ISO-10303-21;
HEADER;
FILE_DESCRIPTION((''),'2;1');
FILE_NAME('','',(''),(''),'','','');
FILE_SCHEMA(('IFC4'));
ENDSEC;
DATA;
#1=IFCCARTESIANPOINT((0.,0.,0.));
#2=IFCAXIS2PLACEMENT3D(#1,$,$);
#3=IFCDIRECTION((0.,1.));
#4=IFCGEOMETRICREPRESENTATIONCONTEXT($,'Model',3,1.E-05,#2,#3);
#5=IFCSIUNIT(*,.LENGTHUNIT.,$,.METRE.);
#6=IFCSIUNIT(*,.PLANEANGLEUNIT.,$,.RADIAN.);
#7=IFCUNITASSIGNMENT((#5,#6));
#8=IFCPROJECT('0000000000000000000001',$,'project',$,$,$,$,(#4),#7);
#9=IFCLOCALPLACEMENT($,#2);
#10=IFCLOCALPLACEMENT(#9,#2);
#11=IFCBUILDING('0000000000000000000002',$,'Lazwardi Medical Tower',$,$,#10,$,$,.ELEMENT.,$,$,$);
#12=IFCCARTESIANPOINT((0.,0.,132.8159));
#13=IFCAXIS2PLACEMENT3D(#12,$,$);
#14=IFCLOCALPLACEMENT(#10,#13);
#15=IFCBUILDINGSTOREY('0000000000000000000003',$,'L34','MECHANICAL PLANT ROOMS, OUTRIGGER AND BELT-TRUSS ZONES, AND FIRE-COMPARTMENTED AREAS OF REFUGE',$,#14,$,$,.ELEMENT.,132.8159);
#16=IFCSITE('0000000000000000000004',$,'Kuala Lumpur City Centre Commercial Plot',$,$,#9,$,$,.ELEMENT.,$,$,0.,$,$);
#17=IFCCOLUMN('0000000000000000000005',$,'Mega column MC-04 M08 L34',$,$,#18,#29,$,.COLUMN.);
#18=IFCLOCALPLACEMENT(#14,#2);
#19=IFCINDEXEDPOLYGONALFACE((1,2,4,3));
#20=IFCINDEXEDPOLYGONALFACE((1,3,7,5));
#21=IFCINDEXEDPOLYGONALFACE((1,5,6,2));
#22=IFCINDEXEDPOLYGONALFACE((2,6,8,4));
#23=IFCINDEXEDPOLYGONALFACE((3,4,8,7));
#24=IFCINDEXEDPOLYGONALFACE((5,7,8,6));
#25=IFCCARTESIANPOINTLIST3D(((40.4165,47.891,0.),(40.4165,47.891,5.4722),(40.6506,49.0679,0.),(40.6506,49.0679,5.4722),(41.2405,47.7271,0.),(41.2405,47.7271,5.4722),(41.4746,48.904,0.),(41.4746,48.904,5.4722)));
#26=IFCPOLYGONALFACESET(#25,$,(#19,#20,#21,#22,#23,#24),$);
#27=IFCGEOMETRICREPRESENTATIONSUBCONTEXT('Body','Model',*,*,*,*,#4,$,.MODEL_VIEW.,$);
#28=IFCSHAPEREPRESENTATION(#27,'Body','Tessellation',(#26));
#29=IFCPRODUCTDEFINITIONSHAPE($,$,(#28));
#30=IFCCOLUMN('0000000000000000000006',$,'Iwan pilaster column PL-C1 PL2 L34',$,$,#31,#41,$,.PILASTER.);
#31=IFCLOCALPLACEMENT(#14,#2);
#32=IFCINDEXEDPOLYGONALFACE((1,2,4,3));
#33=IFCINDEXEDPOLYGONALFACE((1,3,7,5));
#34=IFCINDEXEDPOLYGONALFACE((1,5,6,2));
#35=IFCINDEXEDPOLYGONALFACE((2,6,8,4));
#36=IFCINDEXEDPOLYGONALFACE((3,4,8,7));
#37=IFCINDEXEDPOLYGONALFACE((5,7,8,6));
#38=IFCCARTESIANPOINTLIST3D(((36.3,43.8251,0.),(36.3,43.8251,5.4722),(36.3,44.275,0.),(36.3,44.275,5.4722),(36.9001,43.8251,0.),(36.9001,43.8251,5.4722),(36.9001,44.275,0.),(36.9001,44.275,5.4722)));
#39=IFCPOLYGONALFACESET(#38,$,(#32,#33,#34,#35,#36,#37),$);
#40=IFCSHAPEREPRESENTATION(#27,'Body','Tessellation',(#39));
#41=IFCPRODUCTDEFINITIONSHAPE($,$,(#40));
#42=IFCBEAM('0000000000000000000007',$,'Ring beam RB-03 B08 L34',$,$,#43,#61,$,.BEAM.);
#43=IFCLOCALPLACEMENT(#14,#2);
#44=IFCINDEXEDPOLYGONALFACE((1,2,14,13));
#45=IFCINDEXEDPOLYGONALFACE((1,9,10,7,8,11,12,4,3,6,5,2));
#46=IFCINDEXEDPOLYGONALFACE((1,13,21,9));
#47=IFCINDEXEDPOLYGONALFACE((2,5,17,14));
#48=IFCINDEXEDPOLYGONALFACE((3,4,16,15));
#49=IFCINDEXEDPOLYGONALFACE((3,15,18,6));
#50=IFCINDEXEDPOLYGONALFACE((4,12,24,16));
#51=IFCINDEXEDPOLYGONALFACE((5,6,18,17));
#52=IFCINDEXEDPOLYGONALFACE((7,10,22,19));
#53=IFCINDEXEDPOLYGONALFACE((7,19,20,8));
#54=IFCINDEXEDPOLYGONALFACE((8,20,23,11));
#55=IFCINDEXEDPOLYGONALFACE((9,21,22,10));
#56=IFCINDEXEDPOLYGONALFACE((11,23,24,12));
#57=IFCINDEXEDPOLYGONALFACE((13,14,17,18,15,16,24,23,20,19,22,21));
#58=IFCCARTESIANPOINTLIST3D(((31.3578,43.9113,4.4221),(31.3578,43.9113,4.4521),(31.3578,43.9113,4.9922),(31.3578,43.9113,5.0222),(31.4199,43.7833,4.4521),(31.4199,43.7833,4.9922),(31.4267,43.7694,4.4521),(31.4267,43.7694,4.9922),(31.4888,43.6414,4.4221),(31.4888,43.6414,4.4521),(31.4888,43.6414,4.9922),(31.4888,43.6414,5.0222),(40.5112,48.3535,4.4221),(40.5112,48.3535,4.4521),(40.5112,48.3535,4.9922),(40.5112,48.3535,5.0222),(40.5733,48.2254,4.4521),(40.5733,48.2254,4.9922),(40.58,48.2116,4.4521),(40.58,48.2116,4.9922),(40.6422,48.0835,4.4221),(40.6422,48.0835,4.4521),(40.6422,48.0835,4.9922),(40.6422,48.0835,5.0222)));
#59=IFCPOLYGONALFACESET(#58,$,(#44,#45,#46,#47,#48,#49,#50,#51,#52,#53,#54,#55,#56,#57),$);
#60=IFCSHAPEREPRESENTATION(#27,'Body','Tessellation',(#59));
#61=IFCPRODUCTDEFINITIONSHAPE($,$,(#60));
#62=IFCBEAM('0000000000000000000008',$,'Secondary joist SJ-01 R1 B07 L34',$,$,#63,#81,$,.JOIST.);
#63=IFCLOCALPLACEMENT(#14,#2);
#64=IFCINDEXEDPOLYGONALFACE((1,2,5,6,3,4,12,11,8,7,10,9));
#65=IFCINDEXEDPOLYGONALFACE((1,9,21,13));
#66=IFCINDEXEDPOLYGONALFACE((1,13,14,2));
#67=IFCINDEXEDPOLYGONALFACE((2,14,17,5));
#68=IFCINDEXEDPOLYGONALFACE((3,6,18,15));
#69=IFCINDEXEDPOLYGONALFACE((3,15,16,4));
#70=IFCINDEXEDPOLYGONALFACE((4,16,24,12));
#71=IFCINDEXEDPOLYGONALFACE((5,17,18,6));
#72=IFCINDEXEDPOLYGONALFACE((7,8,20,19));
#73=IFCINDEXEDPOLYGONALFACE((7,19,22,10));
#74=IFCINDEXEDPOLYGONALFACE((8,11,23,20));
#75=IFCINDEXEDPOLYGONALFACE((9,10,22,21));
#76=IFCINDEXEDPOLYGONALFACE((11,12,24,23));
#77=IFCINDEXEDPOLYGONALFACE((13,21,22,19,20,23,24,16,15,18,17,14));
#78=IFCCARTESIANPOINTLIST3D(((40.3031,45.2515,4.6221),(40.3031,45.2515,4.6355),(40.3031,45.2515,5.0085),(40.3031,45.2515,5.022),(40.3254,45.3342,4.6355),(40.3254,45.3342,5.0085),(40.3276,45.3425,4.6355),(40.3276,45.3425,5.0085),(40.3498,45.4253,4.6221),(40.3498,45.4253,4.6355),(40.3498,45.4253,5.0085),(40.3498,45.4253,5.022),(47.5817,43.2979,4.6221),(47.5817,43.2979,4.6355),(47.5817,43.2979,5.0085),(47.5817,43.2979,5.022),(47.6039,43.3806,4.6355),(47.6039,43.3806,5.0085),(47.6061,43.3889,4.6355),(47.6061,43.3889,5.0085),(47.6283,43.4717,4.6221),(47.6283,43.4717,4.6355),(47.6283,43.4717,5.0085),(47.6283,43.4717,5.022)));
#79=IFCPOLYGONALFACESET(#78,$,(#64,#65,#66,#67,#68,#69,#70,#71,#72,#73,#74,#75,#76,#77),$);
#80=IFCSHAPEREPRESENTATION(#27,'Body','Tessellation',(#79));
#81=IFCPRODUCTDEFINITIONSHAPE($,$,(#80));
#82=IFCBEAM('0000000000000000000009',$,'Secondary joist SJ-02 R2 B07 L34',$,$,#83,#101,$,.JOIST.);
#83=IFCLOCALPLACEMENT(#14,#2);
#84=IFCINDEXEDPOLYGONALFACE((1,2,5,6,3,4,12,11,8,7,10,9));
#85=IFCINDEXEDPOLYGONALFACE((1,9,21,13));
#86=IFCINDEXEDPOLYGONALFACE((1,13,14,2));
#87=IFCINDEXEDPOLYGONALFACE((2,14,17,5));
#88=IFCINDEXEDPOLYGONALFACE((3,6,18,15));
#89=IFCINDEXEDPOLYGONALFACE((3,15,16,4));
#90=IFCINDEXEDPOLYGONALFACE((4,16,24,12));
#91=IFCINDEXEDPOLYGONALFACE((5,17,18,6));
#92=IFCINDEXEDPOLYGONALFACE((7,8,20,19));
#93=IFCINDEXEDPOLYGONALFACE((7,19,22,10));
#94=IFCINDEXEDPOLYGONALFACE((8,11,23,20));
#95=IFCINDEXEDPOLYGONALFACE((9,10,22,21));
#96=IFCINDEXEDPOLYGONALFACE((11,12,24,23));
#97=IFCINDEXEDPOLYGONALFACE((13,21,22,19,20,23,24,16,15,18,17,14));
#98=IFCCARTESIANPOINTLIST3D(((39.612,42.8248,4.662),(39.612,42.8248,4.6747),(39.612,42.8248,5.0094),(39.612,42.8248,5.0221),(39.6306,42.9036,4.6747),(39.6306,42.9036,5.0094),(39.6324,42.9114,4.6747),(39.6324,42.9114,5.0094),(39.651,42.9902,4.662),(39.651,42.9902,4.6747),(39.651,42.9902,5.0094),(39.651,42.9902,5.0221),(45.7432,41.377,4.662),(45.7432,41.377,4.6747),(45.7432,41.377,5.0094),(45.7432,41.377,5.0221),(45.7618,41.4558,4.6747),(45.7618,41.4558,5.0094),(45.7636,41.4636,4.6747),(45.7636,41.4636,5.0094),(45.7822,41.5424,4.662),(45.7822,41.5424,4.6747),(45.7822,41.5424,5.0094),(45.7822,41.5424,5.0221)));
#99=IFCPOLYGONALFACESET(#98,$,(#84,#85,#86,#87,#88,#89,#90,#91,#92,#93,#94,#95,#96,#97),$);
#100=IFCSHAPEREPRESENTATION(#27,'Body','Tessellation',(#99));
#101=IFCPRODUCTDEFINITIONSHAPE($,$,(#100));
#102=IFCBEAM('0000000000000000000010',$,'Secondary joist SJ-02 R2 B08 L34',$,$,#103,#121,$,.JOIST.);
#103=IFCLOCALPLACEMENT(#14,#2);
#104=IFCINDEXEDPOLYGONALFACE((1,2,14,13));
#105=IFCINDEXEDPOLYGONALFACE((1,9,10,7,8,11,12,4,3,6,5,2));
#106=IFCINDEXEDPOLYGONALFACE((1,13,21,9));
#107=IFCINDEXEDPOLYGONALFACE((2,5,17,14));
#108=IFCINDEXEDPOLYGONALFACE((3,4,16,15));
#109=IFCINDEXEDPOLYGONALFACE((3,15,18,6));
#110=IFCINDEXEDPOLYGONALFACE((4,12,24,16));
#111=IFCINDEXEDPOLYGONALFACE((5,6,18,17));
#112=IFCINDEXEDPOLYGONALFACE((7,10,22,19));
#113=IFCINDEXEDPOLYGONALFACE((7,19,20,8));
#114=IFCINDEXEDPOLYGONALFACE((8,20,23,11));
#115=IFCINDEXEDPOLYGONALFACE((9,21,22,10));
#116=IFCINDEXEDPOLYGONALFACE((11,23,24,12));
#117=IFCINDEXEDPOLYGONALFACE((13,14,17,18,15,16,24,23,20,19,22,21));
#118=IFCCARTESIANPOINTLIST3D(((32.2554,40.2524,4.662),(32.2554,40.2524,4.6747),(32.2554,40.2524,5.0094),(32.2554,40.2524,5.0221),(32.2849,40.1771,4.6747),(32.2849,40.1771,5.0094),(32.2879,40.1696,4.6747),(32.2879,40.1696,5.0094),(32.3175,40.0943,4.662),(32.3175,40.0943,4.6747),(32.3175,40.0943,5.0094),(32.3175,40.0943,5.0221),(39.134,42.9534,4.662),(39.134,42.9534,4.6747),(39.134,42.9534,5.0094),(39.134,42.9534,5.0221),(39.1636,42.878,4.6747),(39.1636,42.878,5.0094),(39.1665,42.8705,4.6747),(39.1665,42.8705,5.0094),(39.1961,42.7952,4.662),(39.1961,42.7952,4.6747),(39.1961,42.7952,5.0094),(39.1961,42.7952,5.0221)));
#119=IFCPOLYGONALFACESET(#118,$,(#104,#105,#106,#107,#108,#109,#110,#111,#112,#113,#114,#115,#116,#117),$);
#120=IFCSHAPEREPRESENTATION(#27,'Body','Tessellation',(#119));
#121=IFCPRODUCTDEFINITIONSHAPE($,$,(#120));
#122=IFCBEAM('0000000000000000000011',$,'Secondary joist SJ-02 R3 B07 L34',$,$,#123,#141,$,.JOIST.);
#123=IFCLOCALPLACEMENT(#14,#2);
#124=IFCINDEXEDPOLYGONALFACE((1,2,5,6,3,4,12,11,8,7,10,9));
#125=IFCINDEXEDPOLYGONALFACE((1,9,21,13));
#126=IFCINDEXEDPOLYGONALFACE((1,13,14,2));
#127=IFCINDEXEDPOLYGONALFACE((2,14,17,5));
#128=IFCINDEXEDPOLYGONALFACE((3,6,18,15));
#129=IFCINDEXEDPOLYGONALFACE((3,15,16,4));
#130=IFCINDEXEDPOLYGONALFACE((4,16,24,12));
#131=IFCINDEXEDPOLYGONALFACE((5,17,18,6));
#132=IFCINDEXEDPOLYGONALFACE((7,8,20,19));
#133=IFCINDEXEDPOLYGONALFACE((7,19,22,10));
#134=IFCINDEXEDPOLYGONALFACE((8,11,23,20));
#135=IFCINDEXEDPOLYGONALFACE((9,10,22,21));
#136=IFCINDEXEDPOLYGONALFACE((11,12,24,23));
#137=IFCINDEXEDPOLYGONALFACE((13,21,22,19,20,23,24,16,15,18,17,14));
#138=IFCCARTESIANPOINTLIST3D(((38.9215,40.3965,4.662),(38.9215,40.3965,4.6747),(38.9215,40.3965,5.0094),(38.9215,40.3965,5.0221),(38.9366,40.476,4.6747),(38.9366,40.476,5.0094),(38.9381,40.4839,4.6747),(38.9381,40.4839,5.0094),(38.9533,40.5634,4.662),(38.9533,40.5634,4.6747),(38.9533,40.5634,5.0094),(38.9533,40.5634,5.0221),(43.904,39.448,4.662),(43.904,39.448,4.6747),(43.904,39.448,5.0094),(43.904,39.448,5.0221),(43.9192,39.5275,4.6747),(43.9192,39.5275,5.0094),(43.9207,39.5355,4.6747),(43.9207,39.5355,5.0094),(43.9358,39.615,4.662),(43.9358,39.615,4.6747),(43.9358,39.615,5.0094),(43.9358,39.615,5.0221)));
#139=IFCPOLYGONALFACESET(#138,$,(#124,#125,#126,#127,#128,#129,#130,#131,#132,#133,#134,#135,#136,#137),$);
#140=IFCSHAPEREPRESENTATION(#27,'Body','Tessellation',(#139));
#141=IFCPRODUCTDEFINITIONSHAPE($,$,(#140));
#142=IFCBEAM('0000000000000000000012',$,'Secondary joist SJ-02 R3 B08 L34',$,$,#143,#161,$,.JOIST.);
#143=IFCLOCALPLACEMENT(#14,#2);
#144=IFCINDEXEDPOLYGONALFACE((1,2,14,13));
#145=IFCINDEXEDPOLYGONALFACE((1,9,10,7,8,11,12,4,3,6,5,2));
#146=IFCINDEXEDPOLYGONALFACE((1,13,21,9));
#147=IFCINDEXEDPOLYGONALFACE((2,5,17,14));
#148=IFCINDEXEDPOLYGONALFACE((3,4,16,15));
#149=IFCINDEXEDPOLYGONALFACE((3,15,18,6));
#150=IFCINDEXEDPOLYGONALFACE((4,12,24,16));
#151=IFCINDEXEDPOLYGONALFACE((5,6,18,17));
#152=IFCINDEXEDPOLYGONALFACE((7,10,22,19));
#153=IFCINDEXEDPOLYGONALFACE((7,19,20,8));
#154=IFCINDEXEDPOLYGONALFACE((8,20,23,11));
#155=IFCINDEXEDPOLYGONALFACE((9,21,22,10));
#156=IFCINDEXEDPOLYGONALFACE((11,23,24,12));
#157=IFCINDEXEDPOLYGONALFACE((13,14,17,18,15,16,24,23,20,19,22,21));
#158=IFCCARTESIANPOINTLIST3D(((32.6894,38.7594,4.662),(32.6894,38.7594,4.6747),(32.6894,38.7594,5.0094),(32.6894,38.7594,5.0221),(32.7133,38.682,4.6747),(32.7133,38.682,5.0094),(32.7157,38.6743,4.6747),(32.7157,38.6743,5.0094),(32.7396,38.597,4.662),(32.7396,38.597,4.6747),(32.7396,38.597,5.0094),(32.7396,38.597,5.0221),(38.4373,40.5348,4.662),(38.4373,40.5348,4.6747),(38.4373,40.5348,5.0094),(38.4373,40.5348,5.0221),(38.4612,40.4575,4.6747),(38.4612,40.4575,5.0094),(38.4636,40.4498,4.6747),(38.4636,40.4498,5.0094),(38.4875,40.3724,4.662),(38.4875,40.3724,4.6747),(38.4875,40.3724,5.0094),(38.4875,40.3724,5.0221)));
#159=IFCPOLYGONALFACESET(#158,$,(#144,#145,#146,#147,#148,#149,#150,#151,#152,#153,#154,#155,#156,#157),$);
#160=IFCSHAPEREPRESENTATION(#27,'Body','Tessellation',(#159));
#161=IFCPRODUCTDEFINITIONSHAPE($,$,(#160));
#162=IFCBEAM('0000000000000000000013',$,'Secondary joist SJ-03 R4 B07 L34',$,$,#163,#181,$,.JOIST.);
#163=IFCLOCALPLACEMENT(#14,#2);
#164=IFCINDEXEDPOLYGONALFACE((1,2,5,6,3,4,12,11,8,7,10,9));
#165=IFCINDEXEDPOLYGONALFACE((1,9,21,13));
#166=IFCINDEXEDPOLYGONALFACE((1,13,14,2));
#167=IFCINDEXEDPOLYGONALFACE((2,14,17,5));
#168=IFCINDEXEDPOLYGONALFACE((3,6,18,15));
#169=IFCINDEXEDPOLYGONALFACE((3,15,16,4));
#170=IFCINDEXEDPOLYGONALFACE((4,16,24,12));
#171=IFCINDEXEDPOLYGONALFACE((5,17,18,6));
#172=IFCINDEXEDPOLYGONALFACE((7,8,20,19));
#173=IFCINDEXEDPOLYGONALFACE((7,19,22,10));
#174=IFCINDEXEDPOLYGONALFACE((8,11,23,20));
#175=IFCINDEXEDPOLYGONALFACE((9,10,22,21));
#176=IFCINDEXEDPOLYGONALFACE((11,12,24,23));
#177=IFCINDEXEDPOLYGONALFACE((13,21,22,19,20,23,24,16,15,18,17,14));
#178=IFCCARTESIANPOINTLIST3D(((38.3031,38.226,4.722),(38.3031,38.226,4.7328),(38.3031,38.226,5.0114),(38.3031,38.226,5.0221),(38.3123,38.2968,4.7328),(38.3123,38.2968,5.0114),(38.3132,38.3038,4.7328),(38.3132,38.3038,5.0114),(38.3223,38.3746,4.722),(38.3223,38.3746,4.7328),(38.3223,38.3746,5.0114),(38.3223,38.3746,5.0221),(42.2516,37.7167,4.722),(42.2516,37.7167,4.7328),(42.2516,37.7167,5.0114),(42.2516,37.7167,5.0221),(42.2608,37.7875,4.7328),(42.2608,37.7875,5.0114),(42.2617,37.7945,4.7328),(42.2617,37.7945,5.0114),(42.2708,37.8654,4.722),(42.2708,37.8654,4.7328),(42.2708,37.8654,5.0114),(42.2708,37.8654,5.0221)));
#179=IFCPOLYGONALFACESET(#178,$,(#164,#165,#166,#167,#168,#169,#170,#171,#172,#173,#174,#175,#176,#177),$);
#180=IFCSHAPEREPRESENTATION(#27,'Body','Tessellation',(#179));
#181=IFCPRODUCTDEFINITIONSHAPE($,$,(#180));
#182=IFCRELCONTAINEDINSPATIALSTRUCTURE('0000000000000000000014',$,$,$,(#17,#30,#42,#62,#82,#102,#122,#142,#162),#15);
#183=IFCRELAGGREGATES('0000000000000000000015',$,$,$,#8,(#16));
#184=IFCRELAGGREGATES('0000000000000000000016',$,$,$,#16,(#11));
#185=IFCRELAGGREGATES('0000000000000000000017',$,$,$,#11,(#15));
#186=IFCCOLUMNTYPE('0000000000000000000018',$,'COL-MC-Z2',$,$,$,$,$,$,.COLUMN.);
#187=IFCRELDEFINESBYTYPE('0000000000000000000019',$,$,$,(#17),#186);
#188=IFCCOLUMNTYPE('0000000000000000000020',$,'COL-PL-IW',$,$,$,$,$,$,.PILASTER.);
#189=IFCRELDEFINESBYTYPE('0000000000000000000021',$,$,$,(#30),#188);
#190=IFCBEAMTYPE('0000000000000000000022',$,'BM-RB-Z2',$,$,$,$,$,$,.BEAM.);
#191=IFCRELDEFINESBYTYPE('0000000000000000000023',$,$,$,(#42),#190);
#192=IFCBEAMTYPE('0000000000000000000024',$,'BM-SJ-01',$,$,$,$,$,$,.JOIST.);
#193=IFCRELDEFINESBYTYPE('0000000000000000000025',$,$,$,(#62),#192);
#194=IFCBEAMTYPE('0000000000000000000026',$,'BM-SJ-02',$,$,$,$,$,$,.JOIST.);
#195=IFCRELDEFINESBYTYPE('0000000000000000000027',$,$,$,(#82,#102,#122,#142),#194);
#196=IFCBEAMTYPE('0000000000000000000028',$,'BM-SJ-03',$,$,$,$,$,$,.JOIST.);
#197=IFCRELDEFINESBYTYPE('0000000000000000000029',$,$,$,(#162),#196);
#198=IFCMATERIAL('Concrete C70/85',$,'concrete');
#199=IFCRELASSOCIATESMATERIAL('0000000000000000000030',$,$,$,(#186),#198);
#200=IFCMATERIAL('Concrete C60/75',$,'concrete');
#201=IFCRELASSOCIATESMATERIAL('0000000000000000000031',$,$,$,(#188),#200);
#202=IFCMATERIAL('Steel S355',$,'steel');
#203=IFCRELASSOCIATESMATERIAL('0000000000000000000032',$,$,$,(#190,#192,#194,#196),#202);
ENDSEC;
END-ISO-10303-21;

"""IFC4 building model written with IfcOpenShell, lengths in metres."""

from ifc_helpers import new_model, si_unit, direction, frame, origin, origin_2d, place, context, subcontext, project, spatial, rectangle, i_section, extrude, material, material_profile, profile_set, type_object, element, save


model = new_model("IFC4")

# Units and contexts
model_context = context("Model", 3, precision=1e-05, world=origin(), true_north=direction((0.0, 1.0)))
body_context = subcontext(model_context, "Body", "Model", "MODEL_VIEW")
ifc_project = project(units=[si_unit("LENGTHUNIT", "METRE"), si_unit("PLANEANGLEUNIT", "RADIAN")], contexts=[model_context])

# Site, building, storey
site_placement = place(None, origin())
site = spatial("IfcSite", under=ifc_project, at=site_placement, Name="Kuala Lumpur City Centre Commercial Plot", CompositionType="ELEMENT", RefElevation=0.0)
building_placement = place(site_placement, origin())
building = spatial("IfcBuilding", under=site, at=building_placement, Name="Lazwardi Medical Tower", CompositionType="ELEMENT")
storey_placement = place(building_placement, frame((0.0, 0.0, 132.8159)))
storey = spatial("IfcBuildingStorey", under=building, at=storey_placement, Name="L34", Description="MECHANICAL PLANT ROOMS, OUTRIGGER AND BELT-TRUSS ZONES, AND FIRE-COMPARTMENTED AREAS OF REFUGE", CompositionType="ELEMENT", Elevation=132.8159)

# Columns
ifc_material_1 = material(Name="Concrete C70/85", Category="concrete")
ifc_material_profile_1 = material_profile(ifc_material_1, rectangle(XDim=1.2, YDim=0.8401, at=origin_2d()), Name="CFT-RECT 1200x840")
ifc_profile_set_1 = profile_set([ifc_material_profile_1], Name="Concrete C70/85")
column_type_1 = type_object("IfcColumnType", Name="COL-MC-Z2", PredefinedType="COLUMN", material=ifc_profile_set_1)
column_1_placement = place(storey_placement, frame((40.9456, 48.3975, 0.0), z_axis=(0.0, 0.0, 1.0), x_axis=(0.19509, 0.980785, 0.0)))
element("IfcColumn", 1, at=column_1_placement, inside=storey, type_object=column_type_1, Name="Mega column MC-04 M08 L34", PredefinedType="COLUMN", context=body_context, shape_type="SweptSolid", body=[
    extrude(rectangle(XDim=1.2, YDim=0.8401, at=origin_2d()), origin(), (0.0, 0.0, 1.0), 5.4722),
])
ifc_material_2 = material(Name="Concrete C60/75", Category="concrete")
ifc_material_profile_2 = material_profile(ifc_material_2, rectangle(XDim=0.6001, YDim=0.45, at=origin_2d()), Name="RC 600x450")
ifc_profile_set_2 = profile_set([ifc_material_profile_2], Name="Concrete C60/75")
column_type_2 = type_object("IfcColumnType", Name="COL-PL-IW", PredefinedType="PILASTER", material=ifc_profile_set_2)
column_2_placement = place(storey_placement, frame((36.6001, 44.05, 0.0), z_axis=(0.0, 0.0, 1.0), x_axis=(1.0, 0.0, 0.0)))
element("IfcColumn", 2, at=column_2_placement, inside=storey, type_object=column_type_2, Name="Iwan pilaster column PL-C1 PL2 L34", PredefinedType="PILASTER", context=body_context, shape_type="SweptSolid", body=[
    extrude(rectangle(XDim=0.6001, YDim=0.45, at=origin_2d()), origin(), (0.0, 0.0, 1.0), 5.4722),
])

# Beams
ifc_material_3 = material(Name="Steel S355", Category="steel")
ifc_material_profile_3 = material_profile(ifc_material_3, i_section(OverallWidth=0.3, OverallDepth=0.6001, WebThickness=0.0154, FlangeThickness=0.03, at=origin_2d()), Name="HEB 600")
ifc_profile_set_3 = profile_set([ifc_material_profile_3], Name="Steel S355")
beam_type_1 = type_object("IfcBeamType", Name="BM-RB-Z2", PredefinedType="BEAM", material=ifc_profile_set_3)
beam_1_placement = place(storey_placement, frame((40.5767, 48.2185, 4.7222), z_axis=(-0.899653, -0.436605, 0.0), x_axis=(0.436605, -0.899653, 0.0)))
element("IfcBeam", 3, at=beam_1_placement, inside=storey, type_object=beam_type_1, Name="Ring beam RB-03 B08 L34", PredefinedType="BEAM", context=body_context, shape_type="SweptSolid", body=[
    extrude(i_section(OverallWidth=0.3, OverallDepth=0.6001, WebThickness=0.0154, FlangeThickness=0.03, at=origin_2d()), origin(), (0.0, 0.0, 1.0), 10.1743),
])
ifc_material_profile_4 = material_profile(ifc_material_3, i_section(OverallWidth=0.1799, OverallDepth=0.3999, WebThickness=0.0085, FlangeThickness=0.0134, at=origin_2d()), Name="IPE 400")
ifc_profile_set_4 = profile_set([ifc_material_profile_4], Name="Steel S355")
beam_type_2 = type_object("IfcBeamType", Name="BM-SJ-01", PredefinedType="JOIST", material=ifc_profile_set_4)
beam_2_placement = place(storey_placement, frame((47.605, 43.3848, 4.822), z_axis=(-0.965815, 0.259231, 0.0), x_axis=(-0.259231, -0.965815, 0.0)))
element("IfcBeam", 4, at=beam_2_placement, inside=storey, type_object=beam_type_2, Name="Secondary joist SJ-01 R1 B07 L34", PredefinedType="JOIST", context=body_context, shape_type="SweptSolid", body=[
    extrude(i_section(OverallWidth=0.1799, OverallDepth=0.3999, WebThickness=0.0085, FlangeThickness=0.0134, at=origin_2d()), origin(), (0.0, 0.0, 1.0), 7.5361),
])
ifc_material_profile_5 = material_profile(ifc_material_3, i_section(OverallWidth=0.1699, OverallDepth=0.3601, WebThickness=0.0081, FlangeThickness=0.0127, at=origin_2d()), Name="IPE 360")
ifc_profile_set_5 = profile_set([ifc_material_profile_5], Name="Steel S355")
beam_type_3 = type_object("IfcBeamType", Name="BM-SJ-02", PredefinedType="JOIST", material=ifc_profile_set_5)
beam_3_placement = place(storey_placement, frame((45.7627, 41.4597, 4.842), z_axis=(-0.973235, 0.229813, 0.0), x_axis=(-0.229813, -0.973235, 0.0)))
element("IfcBeam", 5, at=beam_3_placement, inside=storey, type_object=beam_type_3, Name="Secondary joist SJ-02 R2 B07 L34", PredefinedType="JOIST", context=body_context, shape_type="SweptSolid", body=[
    extrude(i_section(OverallWidth=0.1699, OverallDepth=0.3601, WebThickness=0.0081, FlangeThickness=0.0127, at=origin_2d()), origin(), (0.0, 0.0, 1.0), 6.2998),
])
beam_4_placement = place(storey_placement, frame((39.165, 42.8743, 4.842), z_axis=(-0.930816, -0.365488, 0.0), x_axis=(0.365488, -0.930816, 0.0)))
element("IfcBeam", 6, at=beam_4_placement, inside=storey, type_object=beam_type_3, Name="Secondary joist SJ-02 R2 B08 L34", PredefinedType="JOIST", context=body_context, shape_type="SweptSolid", body=[
    extrude(i_section(OverallWidth=0.1699, OverallDepth=0.3601, WebThickness=0.0081, FlangeThickness=0.0127, at=origin_2d()), origin(), (0.0, 0.0, 1.0), 7.3899),
])
beam_5_placement = place(storey_placement, frame((43.9199, 39.5315, 4.842), z_axis=(-0.98236, 0.186999, 0.0), x_axis=(-0.186999, -0.98236, 0.0)))
element("IfcBeam", 7, at=beam_5_placement, inside=storey, type_object=beam_type_3, Name="Secondary joist SJ-02 R3 B07 L34", PredefinedType="JOIST", context=body_context, shape_type="SweptSolid", body=[
    extrude(i_section(OverallWidth=0.1699, OverallDepth=0.3601, WebThickness=0.0081, FlangeThickness=0.0127, at=origin_2d()), origin(), (0.0, 0.0, 1.0), 5.072),
])
beam_6_placement = place(storey_placement, frame((38.4624, 40.4536, 4.842), z_axis=(-0.955459, -0.295124, 0.0), x_axis=(0.295124, -0.955459, 0.0)))
element("IfcBeam", 8, at=beam_6_placement, inside=storey, type_object=beam_type_3, Name="Secondary joist SJ-02 R3 B08 L34", PredefinedType="JOIST", context=body_context, shape_type="SweptSolid", body=[
    extrude(i_section(OverallWidth=0.1699, OverallDepth=0.3601, WebThickness=0.0081, FlangeThickness=0.0127, at=origin_2d()), origin(), (0.0, 0.0, 1.0), 6.0159),
])
ifc_material_profile_6 = material_profile(ifc_material_3, i_section(OverallWidth=0.1499, OverallDepth=0.3, WebThickness=0.0071, FlangeThickness=0.0107, at=origin_2d()), Name="IPE 300")
ifc_profile_set_6 = profile_set([ifc_material_profile_6], Name="Steel S355")
beam_type_4 = type_object("IfcBeamType", Name="BM-SJ-03", PredefinedType="JOIST", material=ifc_profile_set_6)
beam_7_placement = place(storey_placement, frame((42.2612, 37.791, 4.8721), z_axis=(-0.991784, 0.127921, 0.0), x_axis=(-0.127921, -0.991784, 0.0)))
element("IfcBeam", 9, at=beam_7_placement, inside=storey, type_object=beam_type_4, Name="Secondary joist SJ-03 R4 B07 L34", PredefinedType="JOIST", context=body_context, shape_type="SweptSolid", body=[
    extrude(i_section(OverallWidth=0.1499, OverallDepth=0.3, WebThickness=0.0071, FlangeThickness=0.0107, at=origin_2d()), origin(), (0.0, 0.0, 1.0), 3.9812),
])

save(model, "model.ifc")
